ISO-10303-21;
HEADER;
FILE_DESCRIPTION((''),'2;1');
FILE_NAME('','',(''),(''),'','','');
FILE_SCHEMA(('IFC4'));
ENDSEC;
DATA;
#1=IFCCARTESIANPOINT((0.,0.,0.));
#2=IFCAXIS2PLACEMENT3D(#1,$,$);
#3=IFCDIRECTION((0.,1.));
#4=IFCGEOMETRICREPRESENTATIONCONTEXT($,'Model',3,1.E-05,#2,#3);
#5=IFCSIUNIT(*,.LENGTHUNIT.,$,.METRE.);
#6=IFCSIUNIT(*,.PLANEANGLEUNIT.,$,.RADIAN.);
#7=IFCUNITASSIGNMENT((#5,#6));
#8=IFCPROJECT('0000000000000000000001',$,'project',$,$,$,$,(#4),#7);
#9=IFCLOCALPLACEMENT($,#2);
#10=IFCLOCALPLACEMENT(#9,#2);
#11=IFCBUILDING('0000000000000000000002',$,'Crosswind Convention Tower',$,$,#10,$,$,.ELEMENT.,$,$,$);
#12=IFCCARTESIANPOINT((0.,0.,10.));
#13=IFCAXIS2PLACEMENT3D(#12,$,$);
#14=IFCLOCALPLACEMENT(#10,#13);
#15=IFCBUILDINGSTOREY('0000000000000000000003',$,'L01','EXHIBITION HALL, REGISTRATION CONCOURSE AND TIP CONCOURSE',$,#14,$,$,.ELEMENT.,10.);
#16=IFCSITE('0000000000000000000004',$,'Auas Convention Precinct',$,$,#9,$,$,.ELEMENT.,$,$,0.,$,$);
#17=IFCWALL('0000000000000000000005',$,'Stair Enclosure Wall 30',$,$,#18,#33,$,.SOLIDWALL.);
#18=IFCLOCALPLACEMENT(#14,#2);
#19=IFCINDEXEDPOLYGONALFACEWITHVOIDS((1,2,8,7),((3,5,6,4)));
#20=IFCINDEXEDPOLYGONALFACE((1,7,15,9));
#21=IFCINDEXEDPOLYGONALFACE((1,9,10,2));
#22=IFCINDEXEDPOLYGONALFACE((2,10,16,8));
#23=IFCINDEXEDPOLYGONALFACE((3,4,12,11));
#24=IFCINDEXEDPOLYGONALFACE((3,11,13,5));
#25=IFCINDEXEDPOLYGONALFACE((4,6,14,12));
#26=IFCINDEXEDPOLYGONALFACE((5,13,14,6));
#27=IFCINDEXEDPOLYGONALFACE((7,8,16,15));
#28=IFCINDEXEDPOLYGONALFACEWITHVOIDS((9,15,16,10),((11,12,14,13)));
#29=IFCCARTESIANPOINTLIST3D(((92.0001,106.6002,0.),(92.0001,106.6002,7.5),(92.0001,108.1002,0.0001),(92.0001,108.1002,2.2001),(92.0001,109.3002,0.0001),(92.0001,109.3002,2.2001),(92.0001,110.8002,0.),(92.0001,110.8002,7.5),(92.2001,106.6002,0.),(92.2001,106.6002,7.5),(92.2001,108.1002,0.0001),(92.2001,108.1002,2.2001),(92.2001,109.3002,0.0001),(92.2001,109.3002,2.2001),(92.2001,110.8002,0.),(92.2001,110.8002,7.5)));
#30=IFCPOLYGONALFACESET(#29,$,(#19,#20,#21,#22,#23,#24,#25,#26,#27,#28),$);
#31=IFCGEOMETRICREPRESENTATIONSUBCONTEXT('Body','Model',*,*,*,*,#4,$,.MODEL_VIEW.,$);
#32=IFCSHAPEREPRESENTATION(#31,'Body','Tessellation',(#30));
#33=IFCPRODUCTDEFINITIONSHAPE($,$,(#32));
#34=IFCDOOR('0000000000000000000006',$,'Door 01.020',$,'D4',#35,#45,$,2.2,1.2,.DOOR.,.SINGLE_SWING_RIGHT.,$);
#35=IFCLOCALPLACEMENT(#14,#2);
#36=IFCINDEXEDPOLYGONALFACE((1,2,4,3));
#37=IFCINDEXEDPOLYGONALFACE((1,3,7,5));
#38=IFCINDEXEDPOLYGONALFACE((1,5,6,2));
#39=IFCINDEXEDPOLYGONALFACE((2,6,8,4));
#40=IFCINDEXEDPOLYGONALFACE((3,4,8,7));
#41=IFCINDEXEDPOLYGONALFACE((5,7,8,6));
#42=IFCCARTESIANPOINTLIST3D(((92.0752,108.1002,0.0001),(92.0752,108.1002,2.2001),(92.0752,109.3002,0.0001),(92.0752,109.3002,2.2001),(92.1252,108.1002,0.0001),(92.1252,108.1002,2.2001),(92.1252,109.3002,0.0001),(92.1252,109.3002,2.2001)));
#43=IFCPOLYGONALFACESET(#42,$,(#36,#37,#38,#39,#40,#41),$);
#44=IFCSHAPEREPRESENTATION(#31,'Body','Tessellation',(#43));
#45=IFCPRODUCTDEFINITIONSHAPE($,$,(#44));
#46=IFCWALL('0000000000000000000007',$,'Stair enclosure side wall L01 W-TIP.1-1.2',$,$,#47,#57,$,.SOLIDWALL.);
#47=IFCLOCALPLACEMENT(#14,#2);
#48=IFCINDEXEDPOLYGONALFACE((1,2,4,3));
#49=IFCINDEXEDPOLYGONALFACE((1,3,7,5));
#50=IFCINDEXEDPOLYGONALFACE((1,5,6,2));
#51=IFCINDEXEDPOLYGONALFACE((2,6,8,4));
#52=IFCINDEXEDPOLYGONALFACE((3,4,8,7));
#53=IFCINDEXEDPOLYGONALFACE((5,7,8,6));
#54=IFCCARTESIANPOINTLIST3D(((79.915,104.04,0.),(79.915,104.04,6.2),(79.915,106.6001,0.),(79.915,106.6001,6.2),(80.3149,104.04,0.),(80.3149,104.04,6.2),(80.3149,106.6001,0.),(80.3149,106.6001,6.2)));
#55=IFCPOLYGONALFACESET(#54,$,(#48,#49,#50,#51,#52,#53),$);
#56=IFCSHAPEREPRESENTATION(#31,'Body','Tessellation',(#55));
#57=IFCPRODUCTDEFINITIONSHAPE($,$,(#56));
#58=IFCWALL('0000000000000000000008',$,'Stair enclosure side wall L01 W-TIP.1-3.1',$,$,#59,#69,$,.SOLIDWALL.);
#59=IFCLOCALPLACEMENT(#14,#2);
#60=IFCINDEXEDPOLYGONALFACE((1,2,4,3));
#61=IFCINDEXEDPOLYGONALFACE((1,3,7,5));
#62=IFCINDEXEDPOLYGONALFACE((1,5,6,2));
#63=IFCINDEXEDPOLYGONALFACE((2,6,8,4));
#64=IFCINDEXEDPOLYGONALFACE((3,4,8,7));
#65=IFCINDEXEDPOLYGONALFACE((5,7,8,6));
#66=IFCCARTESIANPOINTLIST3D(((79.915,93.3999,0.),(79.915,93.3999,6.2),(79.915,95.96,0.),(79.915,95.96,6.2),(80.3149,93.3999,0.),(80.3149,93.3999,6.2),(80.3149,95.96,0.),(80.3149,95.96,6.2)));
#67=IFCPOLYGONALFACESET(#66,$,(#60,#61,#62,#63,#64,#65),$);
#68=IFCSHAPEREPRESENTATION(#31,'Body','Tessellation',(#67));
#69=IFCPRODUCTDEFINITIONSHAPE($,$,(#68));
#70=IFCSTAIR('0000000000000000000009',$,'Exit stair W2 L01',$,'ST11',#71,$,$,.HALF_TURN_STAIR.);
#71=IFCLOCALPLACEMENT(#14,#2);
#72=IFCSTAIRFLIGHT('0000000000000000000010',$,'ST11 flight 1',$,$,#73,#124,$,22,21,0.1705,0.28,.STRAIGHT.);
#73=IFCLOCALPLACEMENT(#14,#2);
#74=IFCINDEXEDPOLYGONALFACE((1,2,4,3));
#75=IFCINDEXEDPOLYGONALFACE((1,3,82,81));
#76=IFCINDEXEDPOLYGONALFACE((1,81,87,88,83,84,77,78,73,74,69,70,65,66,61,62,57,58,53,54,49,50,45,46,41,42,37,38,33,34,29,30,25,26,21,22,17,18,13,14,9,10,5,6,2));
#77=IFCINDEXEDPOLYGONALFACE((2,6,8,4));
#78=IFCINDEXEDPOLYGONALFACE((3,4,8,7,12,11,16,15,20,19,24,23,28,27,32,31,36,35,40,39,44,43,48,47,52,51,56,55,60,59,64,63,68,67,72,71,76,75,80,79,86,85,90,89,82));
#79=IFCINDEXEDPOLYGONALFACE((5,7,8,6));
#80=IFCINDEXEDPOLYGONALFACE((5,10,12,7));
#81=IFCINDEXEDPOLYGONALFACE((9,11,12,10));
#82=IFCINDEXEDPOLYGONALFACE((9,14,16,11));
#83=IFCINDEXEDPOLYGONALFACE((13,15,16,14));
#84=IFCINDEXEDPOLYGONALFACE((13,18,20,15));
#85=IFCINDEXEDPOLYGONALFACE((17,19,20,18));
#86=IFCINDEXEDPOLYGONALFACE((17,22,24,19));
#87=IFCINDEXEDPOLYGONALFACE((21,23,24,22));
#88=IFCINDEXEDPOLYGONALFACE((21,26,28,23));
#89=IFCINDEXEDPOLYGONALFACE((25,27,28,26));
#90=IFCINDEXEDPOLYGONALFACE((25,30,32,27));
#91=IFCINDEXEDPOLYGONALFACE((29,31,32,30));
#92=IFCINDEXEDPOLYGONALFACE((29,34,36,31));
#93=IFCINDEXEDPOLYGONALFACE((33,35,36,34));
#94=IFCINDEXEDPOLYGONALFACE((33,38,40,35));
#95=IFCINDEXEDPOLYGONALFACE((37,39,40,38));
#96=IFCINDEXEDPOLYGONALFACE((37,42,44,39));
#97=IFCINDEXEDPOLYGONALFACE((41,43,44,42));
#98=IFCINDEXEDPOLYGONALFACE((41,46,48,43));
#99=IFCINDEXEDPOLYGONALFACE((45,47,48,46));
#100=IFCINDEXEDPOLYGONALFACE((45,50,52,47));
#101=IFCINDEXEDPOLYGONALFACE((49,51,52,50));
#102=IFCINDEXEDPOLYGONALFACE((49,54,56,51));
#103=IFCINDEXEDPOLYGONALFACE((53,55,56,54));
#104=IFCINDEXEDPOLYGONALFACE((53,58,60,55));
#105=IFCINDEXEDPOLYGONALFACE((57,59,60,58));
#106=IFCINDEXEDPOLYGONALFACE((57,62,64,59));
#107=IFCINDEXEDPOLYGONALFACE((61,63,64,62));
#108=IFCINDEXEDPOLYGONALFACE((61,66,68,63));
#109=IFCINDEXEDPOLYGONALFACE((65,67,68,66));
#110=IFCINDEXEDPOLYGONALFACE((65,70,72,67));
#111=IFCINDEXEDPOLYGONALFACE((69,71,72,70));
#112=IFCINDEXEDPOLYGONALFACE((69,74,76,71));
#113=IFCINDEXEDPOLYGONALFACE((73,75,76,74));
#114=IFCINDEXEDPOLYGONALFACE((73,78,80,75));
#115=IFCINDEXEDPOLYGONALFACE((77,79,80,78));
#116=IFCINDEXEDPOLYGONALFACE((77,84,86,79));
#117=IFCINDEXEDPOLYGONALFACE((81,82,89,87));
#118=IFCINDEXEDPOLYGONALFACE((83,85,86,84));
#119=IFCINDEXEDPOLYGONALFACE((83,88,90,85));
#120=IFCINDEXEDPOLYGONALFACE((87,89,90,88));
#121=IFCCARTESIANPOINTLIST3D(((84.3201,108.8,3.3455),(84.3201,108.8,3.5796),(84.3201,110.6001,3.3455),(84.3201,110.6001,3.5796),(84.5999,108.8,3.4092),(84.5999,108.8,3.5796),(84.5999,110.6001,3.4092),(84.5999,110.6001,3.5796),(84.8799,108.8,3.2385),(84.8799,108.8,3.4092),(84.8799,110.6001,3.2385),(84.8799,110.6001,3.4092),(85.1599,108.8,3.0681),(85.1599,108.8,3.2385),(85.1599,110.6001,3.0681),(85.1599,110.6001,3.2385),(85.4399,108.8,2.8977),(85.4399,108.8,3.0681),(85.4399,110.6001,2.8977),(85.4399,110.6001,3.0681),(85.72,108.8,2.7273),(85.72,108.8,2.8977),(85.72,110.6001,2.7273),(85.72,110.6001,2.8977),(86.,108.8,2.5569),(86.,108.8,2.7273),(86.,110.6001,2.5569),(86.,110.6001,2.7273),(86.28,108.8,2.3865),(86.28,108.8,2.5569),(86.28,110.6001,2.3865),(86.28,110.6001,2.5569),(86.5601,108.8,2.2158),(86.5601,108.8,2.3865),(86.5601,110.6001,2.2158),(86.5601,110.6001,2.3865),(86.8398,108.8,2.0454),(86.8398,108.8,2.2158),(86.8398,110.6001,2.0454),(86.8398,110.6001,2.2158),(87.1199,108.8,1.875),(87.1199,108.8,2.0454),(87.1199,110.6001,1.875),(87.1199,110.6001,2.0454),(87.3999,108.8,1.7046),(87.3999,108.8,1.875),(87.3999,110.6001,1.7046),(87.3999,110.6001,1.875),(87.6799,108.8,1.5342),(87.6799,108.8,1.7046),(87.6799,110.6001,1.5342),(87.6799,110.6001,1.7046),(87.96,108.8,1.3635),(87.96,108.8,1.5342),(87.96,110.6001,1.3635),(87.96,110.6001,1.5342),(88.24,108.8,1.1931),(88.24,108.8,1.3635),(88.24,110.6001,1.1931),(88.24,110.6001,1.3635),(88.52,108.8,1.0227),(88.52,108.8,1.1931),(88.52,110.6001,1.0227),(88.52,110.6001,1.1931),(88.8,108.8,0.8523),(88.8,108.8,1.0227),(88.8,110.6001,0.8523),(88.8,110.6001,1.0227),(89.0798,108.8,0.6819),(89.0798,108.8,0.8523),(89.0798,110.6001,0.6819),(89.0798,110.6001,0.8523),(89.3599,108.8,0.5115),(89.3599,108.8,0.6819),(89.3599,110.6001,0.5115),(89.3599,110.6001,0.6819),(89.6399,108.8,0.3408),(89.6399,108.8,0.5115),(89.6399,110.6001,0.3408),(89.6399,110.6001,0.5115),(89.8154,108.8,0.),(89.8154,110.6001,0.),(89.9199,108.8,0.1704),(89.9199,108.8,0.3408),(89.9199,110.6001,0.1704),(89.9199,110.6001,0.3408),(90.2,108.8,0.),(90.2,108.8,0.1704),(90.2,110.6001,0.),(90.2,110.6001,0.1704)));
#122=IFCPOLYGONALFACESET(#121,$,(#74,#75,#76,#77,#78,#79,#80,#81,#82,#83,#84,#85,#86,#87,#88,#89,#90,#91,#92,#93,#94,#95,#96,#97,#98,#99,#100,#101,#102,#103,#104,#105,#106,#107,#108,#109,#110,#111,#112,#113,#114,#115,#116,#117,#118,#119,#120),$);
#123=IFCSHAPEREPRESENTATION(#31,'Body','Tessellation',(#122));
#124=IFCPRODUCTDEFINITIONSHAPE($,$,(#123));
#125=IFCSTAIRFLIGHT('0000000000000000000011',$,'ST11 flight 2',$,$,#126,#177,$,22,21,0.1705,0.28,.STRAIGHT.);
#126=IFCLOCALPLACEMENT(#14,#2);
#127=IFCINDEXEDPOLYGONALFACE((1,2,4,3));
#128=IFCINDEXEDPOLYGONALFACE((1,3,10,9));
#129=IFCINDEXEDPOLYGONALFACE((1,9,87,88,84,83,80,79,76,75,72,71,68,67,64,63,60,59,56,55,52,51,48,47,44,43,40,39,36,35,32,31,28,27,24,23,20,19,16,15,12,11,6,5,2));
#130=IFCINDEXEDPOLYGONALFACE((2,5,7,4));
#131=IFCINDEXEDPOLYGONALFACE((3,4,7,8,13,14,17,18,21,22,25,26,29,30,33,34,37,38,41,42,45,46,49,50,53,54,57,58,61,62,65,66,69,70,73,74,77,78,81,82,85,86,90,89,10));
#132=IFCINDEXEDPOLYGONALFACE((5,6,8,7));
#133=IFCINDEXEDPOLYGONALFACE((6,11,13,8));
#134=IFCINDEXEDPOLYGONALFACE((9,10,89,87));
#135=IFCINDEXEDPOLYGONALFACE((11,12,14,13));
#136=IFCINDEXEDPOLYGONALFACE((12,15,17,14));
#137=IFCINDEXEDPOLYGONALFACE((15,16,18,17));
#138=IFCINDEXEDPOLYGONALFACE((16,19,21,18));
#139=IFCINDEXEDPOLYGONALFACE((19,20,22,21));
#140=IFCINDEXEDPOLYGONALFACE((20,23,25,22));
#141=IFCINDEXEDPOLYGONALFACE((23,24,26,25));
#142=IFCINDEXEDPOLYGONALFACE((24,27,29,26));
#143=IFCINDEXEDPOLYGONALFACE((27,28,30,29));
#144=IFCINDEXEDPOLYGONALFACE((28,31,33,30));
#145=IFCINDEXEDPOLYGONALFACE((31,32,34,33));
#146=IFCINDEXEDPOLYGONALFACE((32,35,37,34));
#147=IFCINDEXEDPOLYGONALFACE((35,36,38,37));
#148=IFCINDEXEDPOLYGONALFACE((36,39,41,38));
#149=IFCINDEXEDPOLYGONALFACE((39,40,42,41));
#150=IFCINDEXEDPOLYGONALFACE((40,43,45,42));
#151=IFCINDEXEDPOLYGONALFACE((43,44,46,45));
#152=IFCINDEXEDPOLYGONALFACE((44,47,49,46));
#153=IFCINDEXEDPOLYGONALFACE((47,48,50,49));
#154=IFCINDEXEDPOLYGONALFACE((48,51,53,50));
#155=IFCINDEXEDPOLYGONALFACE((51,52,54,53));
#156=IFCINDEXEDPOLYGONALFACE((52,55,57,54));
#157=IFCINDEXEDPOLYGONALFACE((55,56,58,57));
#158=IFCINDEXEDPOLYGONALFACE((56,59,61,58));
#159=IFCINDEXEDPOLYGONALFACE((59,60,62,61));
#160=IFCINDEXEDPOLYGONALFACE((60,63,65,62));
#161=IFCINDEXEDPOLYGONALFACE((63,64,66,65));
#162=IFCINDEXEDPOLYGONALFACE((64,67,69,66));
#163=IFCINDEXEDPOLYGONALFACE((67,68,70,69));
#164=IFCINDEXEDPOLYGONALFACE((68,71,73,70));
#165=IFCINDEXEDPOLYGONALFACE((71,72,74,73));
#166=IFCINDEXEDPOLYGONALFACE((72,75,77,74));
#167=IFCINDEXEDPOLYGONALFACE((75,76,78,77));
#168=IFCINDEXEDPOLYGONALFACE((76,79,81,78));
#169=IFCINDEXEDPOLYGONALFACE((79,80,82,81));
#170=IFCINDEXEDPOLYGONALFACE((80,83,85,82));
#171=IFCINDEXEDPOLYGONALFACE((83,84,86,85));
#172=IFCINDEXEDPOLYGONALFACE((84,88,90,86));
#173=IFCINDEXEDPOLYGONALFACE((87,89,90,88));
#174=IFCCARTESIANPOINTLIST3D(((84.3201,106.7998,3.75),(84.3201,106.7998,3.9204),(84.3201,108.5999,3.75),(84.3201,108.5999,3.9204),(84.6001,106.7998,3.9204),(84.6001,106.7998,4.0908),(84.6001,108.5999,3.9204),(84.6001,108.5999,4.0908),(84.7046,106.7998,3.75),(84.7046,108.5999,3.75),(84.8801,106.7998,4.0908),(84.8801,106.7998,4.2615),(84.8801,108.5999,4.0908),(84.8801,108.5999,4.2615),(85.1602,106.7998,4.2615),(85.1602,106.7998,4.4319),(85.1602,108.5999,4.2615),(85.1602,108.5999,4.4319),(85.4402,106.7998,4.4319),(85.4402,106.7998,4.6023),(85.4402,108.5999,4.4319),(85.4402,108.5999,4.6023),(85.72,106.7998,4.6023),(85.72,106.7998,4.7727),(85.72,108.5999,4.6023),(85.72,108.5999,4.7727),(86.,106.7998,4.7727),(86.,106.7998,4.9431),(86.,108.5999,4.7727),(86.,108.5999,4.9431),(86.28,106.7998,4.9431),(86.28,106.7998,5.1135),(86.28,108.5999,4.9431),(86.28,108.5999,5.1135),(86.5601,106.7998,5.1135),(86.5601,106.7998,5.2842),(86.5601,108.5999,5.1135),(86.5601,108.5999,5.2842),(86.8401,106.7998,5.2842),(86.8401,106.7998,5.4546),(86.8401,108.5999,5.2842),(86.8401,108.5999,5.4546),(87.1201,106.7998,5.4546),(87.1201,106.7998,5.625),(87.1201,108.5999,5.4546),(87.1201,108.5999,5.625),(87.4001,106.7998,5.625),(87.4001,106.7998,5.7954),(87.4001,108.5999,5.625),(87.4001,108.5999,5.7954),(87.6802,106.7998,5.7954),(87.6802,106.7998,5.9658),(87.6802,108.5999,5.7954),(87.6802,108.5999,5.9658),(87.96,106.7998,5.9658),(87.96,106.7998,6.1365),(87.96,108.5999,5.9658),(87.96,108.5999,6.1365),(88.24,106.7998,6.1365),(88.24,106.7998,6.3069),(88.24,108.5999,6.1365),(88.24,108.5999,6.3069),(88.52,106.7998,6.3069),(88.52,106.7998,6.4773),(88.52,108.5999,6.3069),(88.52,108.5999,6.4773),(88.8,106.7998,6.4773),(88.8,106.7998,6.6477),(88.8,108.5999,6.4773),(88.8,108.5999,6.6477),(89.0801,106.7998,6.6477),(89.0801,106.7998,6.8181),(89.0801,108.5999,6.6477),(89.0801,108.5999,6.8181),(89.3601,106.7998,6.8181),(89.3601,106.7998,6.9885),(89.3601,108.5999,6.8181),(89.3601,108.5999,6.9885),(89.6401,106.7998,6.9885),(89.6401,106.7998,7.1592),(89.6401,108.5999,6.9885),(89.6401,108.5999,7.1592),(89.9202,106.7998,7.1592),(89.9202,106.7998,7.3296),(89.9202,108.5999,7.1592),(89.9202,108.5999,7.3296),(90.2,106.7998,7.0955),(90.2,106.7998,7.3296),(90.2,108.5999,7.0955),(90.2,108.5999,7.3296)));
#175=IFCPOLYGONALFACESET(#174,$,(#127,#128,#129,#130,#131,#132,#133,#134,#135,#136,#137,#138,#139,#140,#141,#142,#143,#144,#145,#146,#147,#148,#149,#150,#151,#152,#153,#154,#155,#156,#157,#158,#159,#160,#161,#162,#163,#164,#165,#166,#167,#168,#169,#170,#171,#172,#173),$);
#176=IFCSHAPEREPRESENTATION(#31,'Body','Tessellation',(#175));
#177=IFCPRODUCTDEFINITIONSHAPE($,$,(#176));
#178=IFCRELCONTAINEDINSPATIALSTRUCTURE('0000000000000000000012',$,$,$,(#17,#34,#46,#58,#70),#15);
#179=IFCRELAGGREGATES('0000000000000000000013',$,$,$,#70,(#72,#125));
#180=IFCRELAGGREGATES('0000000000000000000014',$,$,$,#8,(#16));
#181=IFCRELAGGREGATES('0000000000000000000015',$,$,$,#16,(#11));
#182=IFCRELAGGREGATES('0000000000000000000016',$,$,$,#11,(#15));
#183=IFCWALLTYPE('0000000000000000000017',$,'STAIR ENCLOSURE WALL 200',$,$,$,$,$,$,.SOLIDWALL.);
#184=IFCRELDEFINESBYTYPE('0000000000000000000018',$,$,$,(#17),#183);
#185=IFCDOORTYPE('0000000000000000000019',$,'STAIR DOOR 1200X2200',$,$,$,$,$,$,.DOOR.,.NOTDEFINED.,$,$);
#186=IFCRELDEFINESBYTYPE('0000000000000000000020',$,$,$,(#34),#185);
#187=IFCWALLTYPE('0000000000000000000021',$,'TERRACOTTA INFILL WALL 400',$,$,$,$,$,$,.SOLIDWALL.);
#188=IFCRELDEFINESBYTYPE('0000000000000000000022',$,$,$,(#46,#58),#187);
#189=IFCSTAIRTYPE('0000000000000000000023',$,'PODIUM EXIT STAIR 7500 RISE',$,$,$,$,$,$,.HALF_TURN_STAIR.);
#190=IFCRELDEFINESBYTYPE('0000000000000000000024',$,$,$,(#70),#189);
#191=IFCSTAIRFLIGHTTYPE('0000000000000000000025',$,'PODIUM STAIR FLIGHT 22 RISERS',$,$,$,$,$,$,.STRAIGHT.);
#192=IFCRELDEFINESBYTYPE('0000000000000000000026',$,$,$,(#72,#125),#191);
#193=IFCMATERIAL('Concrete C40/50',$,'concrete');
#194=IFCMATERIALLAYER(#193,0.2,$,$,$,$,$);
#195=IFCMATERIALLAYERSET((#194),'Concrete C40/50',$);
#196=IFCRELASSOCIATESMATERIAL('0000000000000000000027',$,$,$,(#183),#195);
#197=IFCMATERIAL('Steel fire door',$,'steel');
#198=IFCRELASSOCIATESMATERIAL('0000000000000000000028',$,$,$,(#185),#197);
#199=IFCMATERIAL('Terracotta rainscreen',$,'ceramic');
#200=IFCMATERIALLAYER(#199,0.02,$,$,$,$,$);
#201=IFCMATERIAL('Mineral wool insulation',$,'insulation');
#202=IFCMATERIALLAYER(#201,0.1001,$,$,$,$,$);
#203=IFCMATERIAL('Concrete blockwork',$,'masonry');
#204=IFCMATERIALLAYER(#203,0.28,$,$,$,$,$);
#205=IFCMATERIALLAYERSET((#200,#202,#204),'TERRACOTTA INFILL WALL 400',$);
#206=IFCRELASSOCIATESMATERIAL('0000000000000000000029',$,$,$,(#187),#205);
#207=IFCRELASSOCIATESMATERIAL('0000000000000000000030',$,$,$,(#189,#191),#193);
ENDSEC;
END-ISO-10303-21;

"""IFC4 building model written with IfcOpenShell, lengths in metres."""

from ifc_helpers import new_model, si_unit, direction, frame, frame_2d, origin, place, context, subcontext, project, spatial, polyline, rectangle, outline, extrude, material, layer, layer_set, type_object, element, fill, aggregate, save


model = new_model("IFC4")

# Units and contexts
model_context = context("Model", 3, precision=1e-05, world=origin(), true_north=direction((0.0, 1.0)))
body_context = subcontext(model_context, "Body", "Model", "MODEL_VIEW")
ifc_project = project(units=[si_unit("LENGTHUNIT", "METRE"), si_unit("PLANEANGLEUNIT", "RADIAN")], contexts=[model_context])

# Site, building, storey
site_placement = place(None, origin())
site = spatial("IfcSite", under=ifc_project, at=site_placement, Name="Auas Convention Precinct", CompositionType="ELEMENT", RefElevation=0.0)
building_placement = place(site_placement, origin())
building = spatial("IfcBuilding", under=site, at=building_placement, Name="Crosswind Convention Tower", CompositionType="ELEMENT")
storey_placement = place(building_placement, frame((0.0, 0.0, 10.0)))
storey = spatial("IfcBuildingStorey", under=building, at=storey_placement, Name="L01", Description="EXHIBITION HALL, REGISTRATION CONCOURSE AND TIP CONCOURSE", CompositionType="ELEMENT", Elevation=10.0)

# Shared definitions
ifc_material_1 = material(Name="Concrete C40/50", Category="concrete")
ifc_layer_1 = layer(ifc_material_1, 0.2)
ifc_layer_set_1 = layer_set([ifc_layer_1], Name="Concrete C40/50")
wall_type_1 = type_object("IfcWallType", Name="STAIR ENCLOSURE WALL 200", PredefinedType="SOLIDWALL", material=ifc_layer_set_1)

# Wall, opening, door
wall_1_placement = place(storey_placement, frame((92.1001, 106.6001, 0.0), z_axis=(0.0, 0.0, 1.0), x_axis=(0.0, 1.0, 0.0)))
wall_1 = element("IfcWall", 1, at=wall_1_placement, inside=storey, type_object=wall_type_1, Name="Stair Enclosure Wall 30", PredefinedType="SOLIDWALL", context=body_context, shape_type="SweptSolid", body=[
    extrude(rectangle(XDim=4.2, YDim=0.2, at=frame_2d((2.1001, 0.0))), origin(), (0.0, 0.0, 1.0), 7.5),
])
opening_placement = place(wall_1_placement, frame((1.5, 0.0, 0.0)))
opening = element("IfcOpeningElement", 2, at=opening_placement, cuts=wall_1, PredefinedType="OPENING", context=body_context, shape_type="SweptSolid", body=[
    extrude(rectangle(XDim=1.2, YDim=2.2, at=frame_2d((0.6001, 1.1001))), frame((0.0, 0.1099, 0.0), z_axis=(0.0, -1.0, 0.0), x_axis=(1.0, 0.0, 0.0)), (0.0, 0.0, 1.0), 0.22),
])
ifc_material_2 = material(Name="Steel fire door", Category="steel")
door_type = type_object("IfcDoorType", Name="STAIR DOOR 1200X2200", OperationType="NOTDEFINED", PredefinedType="DOOR", material=ifc_material_2)
door_placement = place(opening_placement, origin())
door = element("IfcDoor", 3, at=door_placement, inside=storey, type_object=door_type, Name="Door 01.020", ObjectType="D4", OperationType="SINGLE_SWING_RIGHT", OverallHeight=2.2, OverallWidth=1.2, PredefinedType="DOOR", context=body_context, shape_type="SweptSolid", body=[
    extrude(rectangle(XDim=1.2, YDim=2.2, at=frame_2d((0.6001, 1.1001))), frame((0.0, 0.0249, 0.0), z_axis=(0.0, -1.0, 0.0), x_axis=(1.0, 0.0, 0.0)), (0.0, 0.0, 1.0), 0.05),
])
fill(opening, door)

# Walls
ifc_material_3 = material(Name="Terracotta rainscreen", Category="ceramic")
ifc_layer_2 = layer(ifc_material_3, 0.02)
ifc_material_4 = material(Name="Mineral wool insulation", Category="insulation")
ifc_layer_3 = layer(ifc_material_4, 0.1001)
ifc_material_5 = material(Name="Concrete blockwork", Category="masonry")
ifc_layer_4 = layer(ifc_material_5, 0.28)
ifc_layer_set_2 = layer_set([ifc_layer_2, ifc_layer_3, ifc_layer_4], Name="TERRACOTTA INFILL WALL 400")
wall_type_2 = type_object("IfcWallType", Name="TERRACOTTA INFILL WALL 400", PredefinedType="SOLIDWALL", material=ifc_layer_set_2)
for number, where, z_axis, x_axis, name in (
    (4, (80.115, 106.6001, 0.0), (0.0, 0.0, 1.0), (0.0, -1.0, 0.0), "Stair enclosure side wall L01 W-TIP.1-1.2"),
    (5, (80.115, 95.96, 0.0), (0.0, 0.0, 1.0), (0.0, -1.0, 0.0), "Stair enclosure side wall L01 W-TIP.1-3.1"),
):
    element("IfcWall", number, at=place(storey_placement, frame(where, z_axis=z_axis, x_axis=x_axis)), inside=storey, type_object=wall_type_2, Name=name, PredefinedType="SOLIDWALL", context=body_context, shape_type="SweptSolid", body=[
        extrude(rectangle(XDim=2.5601, YDim=0.3999, at=frame_2d((1.28, 0.0))), origin(), (0.0, 0.0, 1.0), 6.2),
    ])

# Stair, stair flights
stair_type = type_object("IfcStairType", Name="PODIUM EXIT STAIR 7500 RISE", PredefinedType="HALF_TURN_STAIR", material=ifc_material_1)
stair_placement = place(storey_placement, origin())
stair = element("IfcStair", 6, at=stair_placement, inside=storey, type_object=stair_type, Name="Exit stair W2 L01", ObjectType="ST11", PredefinedType="HALF_TURN_STAIR")
stair_flight_type = type_object("IfcStairFlightType", Name="PODIUM STAIR FLIGHT 22 RISERS", PredefinedType="STRAIGHT", material=ifc_material_1)
stair_flight_1_placement = place(storey_placement, frame((90.2, 109.7, 0.0), z_axis=(0.0, 0.0, 1.0), x_axis=(-1.0, 0.0, 0.0)))
stair_flight_1 = element("IfcStairFlight", 7, at=stair_flight_1_placement, type_object=stair_flight_type, Name="ST11 flight 1", NumberOfRisers=22, NumberOfTreads=21, PredefinedType="STRAIGHT", RiserHeight=0.1705, TreadLength=0.28, context=body_context, shape_type="SweptSolid", body=[
    extrude(outline(polyline([(0.0, 0.0), (0.0, 0.1704), (0.28, 0.1704), (0.28, 0.3408), (0.5601, 0.3408), (0.5601, 0.5115), (0.8401, 0.5115), (0.8401, 0.6819), (1.1201, 0.6819), (1.1201, 0.8523), (1.3999, 0.8523), (1.3999, 1.0227), (1.6799, 1.0227), (1.6799, 1.1931), (1.96, 1.1931), (1.96, 1.3635), (2.24, 1.3635), (2.24, 1.5342), (2.52, 1.5342), (2.52, 1.7046), (2.8, 1.7046), (2.8, 1.875), (3.0801, 1.875), (3.0801, 2.0454), (3.3601, 2.0454), (3.3601, 2.2158), (3.6399, 2.2158), (3.6399, 2.3865), (3.9199, 2.3865), (3.9199, 2.5569), (4.2, 2.5569), (4.2, 2.7273), (4.48, 2.7273), (4.48, 2.8977), (4.76, 2.8977), (4.76, 3.0681), (5.04, 3.0681), (5.04, 3.2385), (5.3201, 3.2385), (5.3201, 3.4092), (5.6001, 3.4092), (5.6001, 3.5796), (5.8799, 3.5796), (5.8799, 3.75), (5.8799, 3.3455), (0.3845, 0.0), (0.0, 0.0)])), frame((0.0, 0.8999, 0.0), z_axis=(0.0, -1.0, 0.0), x_axis=(1.0, 0.0, 0.0)), (0.0, 0.0, 1.0), 1.8),
])
stair_flight_2_placement = place(storey_placement, frame((84.3201, 107.7, 3.75), z_axis=(0.0, 0.0, 1.0), x_axis=(1.0, 0.0, 0.0)))
stair_flight_2 = element("IfcStairFlight", 8, at=stair_flight_2_placement, type_object=stair_flight_type, Name="ST11 flight 2", NumberOfRisers=22, NumberOfTreads=21, PredefinedType="STRAIGHT", RiserHeight=0.1705, TreadLength=0.28, context=body_context, shape_type="SweptSolid", body=[
    extrude(outline(polyline([(0.0, 0.0), (0.0, 0.1704), (0.28, 0.1704), (0.28, 0.3408), (0.5601, 0.3408), (0.5601, 0.5115), (0.8401, 0.5115), (0.8401, 0.6819), (1.1201, 0.6819), (1.1201, 0.8523), (1.3999, 0.8523), (1.3999, 1.0227), (1.6799, 1.0227), (1.6799, 1.1931), (1.96, 1.1931), (1.96, 1.3635), (2.24, 1.3635), (2.24, 1.5342), (2.52, 1.5342), (2.52, 1.7046), (2.8, 1.7046), (2.8, 1.875), (3.0801, 1.875), (3.0801, 2.0454), (3.3601, 2.0454), (3.3601, 2.2158), (3.6399, 2.2158), (3.6399, 2.3865), (3.9199, 2.3865), (3.9199, 2.5569), (4.2, 2.5569), (4.2, 2.7273), (4.48, 2.7273), (4.48, 2.8977), (4.76, 2.8977), (4.76, 3.0681), (5.04, 3.0681), (5.04, 3.2385), (5.3201, 3.2385), (5.3201, 3.4092), (5.6001, 3.4092), (5.6001, 3.5796), (5.8799, 3.5796), (5.8799, 3.75), (5.8799, 3.3455), (0.3845, 0.0), (0.0, 0.0)])), frame((0.0, 0.8999, 0.0), z_axis=(0.0, -1.0, 0.0), x_axis=(1.0, 0.0, 0.0)), (0.0, 0.0, 1.0), 1.8),
])
aggregate(stair, [stair_flight_1, stair_flight_2])

save(model, "model.ifc")
